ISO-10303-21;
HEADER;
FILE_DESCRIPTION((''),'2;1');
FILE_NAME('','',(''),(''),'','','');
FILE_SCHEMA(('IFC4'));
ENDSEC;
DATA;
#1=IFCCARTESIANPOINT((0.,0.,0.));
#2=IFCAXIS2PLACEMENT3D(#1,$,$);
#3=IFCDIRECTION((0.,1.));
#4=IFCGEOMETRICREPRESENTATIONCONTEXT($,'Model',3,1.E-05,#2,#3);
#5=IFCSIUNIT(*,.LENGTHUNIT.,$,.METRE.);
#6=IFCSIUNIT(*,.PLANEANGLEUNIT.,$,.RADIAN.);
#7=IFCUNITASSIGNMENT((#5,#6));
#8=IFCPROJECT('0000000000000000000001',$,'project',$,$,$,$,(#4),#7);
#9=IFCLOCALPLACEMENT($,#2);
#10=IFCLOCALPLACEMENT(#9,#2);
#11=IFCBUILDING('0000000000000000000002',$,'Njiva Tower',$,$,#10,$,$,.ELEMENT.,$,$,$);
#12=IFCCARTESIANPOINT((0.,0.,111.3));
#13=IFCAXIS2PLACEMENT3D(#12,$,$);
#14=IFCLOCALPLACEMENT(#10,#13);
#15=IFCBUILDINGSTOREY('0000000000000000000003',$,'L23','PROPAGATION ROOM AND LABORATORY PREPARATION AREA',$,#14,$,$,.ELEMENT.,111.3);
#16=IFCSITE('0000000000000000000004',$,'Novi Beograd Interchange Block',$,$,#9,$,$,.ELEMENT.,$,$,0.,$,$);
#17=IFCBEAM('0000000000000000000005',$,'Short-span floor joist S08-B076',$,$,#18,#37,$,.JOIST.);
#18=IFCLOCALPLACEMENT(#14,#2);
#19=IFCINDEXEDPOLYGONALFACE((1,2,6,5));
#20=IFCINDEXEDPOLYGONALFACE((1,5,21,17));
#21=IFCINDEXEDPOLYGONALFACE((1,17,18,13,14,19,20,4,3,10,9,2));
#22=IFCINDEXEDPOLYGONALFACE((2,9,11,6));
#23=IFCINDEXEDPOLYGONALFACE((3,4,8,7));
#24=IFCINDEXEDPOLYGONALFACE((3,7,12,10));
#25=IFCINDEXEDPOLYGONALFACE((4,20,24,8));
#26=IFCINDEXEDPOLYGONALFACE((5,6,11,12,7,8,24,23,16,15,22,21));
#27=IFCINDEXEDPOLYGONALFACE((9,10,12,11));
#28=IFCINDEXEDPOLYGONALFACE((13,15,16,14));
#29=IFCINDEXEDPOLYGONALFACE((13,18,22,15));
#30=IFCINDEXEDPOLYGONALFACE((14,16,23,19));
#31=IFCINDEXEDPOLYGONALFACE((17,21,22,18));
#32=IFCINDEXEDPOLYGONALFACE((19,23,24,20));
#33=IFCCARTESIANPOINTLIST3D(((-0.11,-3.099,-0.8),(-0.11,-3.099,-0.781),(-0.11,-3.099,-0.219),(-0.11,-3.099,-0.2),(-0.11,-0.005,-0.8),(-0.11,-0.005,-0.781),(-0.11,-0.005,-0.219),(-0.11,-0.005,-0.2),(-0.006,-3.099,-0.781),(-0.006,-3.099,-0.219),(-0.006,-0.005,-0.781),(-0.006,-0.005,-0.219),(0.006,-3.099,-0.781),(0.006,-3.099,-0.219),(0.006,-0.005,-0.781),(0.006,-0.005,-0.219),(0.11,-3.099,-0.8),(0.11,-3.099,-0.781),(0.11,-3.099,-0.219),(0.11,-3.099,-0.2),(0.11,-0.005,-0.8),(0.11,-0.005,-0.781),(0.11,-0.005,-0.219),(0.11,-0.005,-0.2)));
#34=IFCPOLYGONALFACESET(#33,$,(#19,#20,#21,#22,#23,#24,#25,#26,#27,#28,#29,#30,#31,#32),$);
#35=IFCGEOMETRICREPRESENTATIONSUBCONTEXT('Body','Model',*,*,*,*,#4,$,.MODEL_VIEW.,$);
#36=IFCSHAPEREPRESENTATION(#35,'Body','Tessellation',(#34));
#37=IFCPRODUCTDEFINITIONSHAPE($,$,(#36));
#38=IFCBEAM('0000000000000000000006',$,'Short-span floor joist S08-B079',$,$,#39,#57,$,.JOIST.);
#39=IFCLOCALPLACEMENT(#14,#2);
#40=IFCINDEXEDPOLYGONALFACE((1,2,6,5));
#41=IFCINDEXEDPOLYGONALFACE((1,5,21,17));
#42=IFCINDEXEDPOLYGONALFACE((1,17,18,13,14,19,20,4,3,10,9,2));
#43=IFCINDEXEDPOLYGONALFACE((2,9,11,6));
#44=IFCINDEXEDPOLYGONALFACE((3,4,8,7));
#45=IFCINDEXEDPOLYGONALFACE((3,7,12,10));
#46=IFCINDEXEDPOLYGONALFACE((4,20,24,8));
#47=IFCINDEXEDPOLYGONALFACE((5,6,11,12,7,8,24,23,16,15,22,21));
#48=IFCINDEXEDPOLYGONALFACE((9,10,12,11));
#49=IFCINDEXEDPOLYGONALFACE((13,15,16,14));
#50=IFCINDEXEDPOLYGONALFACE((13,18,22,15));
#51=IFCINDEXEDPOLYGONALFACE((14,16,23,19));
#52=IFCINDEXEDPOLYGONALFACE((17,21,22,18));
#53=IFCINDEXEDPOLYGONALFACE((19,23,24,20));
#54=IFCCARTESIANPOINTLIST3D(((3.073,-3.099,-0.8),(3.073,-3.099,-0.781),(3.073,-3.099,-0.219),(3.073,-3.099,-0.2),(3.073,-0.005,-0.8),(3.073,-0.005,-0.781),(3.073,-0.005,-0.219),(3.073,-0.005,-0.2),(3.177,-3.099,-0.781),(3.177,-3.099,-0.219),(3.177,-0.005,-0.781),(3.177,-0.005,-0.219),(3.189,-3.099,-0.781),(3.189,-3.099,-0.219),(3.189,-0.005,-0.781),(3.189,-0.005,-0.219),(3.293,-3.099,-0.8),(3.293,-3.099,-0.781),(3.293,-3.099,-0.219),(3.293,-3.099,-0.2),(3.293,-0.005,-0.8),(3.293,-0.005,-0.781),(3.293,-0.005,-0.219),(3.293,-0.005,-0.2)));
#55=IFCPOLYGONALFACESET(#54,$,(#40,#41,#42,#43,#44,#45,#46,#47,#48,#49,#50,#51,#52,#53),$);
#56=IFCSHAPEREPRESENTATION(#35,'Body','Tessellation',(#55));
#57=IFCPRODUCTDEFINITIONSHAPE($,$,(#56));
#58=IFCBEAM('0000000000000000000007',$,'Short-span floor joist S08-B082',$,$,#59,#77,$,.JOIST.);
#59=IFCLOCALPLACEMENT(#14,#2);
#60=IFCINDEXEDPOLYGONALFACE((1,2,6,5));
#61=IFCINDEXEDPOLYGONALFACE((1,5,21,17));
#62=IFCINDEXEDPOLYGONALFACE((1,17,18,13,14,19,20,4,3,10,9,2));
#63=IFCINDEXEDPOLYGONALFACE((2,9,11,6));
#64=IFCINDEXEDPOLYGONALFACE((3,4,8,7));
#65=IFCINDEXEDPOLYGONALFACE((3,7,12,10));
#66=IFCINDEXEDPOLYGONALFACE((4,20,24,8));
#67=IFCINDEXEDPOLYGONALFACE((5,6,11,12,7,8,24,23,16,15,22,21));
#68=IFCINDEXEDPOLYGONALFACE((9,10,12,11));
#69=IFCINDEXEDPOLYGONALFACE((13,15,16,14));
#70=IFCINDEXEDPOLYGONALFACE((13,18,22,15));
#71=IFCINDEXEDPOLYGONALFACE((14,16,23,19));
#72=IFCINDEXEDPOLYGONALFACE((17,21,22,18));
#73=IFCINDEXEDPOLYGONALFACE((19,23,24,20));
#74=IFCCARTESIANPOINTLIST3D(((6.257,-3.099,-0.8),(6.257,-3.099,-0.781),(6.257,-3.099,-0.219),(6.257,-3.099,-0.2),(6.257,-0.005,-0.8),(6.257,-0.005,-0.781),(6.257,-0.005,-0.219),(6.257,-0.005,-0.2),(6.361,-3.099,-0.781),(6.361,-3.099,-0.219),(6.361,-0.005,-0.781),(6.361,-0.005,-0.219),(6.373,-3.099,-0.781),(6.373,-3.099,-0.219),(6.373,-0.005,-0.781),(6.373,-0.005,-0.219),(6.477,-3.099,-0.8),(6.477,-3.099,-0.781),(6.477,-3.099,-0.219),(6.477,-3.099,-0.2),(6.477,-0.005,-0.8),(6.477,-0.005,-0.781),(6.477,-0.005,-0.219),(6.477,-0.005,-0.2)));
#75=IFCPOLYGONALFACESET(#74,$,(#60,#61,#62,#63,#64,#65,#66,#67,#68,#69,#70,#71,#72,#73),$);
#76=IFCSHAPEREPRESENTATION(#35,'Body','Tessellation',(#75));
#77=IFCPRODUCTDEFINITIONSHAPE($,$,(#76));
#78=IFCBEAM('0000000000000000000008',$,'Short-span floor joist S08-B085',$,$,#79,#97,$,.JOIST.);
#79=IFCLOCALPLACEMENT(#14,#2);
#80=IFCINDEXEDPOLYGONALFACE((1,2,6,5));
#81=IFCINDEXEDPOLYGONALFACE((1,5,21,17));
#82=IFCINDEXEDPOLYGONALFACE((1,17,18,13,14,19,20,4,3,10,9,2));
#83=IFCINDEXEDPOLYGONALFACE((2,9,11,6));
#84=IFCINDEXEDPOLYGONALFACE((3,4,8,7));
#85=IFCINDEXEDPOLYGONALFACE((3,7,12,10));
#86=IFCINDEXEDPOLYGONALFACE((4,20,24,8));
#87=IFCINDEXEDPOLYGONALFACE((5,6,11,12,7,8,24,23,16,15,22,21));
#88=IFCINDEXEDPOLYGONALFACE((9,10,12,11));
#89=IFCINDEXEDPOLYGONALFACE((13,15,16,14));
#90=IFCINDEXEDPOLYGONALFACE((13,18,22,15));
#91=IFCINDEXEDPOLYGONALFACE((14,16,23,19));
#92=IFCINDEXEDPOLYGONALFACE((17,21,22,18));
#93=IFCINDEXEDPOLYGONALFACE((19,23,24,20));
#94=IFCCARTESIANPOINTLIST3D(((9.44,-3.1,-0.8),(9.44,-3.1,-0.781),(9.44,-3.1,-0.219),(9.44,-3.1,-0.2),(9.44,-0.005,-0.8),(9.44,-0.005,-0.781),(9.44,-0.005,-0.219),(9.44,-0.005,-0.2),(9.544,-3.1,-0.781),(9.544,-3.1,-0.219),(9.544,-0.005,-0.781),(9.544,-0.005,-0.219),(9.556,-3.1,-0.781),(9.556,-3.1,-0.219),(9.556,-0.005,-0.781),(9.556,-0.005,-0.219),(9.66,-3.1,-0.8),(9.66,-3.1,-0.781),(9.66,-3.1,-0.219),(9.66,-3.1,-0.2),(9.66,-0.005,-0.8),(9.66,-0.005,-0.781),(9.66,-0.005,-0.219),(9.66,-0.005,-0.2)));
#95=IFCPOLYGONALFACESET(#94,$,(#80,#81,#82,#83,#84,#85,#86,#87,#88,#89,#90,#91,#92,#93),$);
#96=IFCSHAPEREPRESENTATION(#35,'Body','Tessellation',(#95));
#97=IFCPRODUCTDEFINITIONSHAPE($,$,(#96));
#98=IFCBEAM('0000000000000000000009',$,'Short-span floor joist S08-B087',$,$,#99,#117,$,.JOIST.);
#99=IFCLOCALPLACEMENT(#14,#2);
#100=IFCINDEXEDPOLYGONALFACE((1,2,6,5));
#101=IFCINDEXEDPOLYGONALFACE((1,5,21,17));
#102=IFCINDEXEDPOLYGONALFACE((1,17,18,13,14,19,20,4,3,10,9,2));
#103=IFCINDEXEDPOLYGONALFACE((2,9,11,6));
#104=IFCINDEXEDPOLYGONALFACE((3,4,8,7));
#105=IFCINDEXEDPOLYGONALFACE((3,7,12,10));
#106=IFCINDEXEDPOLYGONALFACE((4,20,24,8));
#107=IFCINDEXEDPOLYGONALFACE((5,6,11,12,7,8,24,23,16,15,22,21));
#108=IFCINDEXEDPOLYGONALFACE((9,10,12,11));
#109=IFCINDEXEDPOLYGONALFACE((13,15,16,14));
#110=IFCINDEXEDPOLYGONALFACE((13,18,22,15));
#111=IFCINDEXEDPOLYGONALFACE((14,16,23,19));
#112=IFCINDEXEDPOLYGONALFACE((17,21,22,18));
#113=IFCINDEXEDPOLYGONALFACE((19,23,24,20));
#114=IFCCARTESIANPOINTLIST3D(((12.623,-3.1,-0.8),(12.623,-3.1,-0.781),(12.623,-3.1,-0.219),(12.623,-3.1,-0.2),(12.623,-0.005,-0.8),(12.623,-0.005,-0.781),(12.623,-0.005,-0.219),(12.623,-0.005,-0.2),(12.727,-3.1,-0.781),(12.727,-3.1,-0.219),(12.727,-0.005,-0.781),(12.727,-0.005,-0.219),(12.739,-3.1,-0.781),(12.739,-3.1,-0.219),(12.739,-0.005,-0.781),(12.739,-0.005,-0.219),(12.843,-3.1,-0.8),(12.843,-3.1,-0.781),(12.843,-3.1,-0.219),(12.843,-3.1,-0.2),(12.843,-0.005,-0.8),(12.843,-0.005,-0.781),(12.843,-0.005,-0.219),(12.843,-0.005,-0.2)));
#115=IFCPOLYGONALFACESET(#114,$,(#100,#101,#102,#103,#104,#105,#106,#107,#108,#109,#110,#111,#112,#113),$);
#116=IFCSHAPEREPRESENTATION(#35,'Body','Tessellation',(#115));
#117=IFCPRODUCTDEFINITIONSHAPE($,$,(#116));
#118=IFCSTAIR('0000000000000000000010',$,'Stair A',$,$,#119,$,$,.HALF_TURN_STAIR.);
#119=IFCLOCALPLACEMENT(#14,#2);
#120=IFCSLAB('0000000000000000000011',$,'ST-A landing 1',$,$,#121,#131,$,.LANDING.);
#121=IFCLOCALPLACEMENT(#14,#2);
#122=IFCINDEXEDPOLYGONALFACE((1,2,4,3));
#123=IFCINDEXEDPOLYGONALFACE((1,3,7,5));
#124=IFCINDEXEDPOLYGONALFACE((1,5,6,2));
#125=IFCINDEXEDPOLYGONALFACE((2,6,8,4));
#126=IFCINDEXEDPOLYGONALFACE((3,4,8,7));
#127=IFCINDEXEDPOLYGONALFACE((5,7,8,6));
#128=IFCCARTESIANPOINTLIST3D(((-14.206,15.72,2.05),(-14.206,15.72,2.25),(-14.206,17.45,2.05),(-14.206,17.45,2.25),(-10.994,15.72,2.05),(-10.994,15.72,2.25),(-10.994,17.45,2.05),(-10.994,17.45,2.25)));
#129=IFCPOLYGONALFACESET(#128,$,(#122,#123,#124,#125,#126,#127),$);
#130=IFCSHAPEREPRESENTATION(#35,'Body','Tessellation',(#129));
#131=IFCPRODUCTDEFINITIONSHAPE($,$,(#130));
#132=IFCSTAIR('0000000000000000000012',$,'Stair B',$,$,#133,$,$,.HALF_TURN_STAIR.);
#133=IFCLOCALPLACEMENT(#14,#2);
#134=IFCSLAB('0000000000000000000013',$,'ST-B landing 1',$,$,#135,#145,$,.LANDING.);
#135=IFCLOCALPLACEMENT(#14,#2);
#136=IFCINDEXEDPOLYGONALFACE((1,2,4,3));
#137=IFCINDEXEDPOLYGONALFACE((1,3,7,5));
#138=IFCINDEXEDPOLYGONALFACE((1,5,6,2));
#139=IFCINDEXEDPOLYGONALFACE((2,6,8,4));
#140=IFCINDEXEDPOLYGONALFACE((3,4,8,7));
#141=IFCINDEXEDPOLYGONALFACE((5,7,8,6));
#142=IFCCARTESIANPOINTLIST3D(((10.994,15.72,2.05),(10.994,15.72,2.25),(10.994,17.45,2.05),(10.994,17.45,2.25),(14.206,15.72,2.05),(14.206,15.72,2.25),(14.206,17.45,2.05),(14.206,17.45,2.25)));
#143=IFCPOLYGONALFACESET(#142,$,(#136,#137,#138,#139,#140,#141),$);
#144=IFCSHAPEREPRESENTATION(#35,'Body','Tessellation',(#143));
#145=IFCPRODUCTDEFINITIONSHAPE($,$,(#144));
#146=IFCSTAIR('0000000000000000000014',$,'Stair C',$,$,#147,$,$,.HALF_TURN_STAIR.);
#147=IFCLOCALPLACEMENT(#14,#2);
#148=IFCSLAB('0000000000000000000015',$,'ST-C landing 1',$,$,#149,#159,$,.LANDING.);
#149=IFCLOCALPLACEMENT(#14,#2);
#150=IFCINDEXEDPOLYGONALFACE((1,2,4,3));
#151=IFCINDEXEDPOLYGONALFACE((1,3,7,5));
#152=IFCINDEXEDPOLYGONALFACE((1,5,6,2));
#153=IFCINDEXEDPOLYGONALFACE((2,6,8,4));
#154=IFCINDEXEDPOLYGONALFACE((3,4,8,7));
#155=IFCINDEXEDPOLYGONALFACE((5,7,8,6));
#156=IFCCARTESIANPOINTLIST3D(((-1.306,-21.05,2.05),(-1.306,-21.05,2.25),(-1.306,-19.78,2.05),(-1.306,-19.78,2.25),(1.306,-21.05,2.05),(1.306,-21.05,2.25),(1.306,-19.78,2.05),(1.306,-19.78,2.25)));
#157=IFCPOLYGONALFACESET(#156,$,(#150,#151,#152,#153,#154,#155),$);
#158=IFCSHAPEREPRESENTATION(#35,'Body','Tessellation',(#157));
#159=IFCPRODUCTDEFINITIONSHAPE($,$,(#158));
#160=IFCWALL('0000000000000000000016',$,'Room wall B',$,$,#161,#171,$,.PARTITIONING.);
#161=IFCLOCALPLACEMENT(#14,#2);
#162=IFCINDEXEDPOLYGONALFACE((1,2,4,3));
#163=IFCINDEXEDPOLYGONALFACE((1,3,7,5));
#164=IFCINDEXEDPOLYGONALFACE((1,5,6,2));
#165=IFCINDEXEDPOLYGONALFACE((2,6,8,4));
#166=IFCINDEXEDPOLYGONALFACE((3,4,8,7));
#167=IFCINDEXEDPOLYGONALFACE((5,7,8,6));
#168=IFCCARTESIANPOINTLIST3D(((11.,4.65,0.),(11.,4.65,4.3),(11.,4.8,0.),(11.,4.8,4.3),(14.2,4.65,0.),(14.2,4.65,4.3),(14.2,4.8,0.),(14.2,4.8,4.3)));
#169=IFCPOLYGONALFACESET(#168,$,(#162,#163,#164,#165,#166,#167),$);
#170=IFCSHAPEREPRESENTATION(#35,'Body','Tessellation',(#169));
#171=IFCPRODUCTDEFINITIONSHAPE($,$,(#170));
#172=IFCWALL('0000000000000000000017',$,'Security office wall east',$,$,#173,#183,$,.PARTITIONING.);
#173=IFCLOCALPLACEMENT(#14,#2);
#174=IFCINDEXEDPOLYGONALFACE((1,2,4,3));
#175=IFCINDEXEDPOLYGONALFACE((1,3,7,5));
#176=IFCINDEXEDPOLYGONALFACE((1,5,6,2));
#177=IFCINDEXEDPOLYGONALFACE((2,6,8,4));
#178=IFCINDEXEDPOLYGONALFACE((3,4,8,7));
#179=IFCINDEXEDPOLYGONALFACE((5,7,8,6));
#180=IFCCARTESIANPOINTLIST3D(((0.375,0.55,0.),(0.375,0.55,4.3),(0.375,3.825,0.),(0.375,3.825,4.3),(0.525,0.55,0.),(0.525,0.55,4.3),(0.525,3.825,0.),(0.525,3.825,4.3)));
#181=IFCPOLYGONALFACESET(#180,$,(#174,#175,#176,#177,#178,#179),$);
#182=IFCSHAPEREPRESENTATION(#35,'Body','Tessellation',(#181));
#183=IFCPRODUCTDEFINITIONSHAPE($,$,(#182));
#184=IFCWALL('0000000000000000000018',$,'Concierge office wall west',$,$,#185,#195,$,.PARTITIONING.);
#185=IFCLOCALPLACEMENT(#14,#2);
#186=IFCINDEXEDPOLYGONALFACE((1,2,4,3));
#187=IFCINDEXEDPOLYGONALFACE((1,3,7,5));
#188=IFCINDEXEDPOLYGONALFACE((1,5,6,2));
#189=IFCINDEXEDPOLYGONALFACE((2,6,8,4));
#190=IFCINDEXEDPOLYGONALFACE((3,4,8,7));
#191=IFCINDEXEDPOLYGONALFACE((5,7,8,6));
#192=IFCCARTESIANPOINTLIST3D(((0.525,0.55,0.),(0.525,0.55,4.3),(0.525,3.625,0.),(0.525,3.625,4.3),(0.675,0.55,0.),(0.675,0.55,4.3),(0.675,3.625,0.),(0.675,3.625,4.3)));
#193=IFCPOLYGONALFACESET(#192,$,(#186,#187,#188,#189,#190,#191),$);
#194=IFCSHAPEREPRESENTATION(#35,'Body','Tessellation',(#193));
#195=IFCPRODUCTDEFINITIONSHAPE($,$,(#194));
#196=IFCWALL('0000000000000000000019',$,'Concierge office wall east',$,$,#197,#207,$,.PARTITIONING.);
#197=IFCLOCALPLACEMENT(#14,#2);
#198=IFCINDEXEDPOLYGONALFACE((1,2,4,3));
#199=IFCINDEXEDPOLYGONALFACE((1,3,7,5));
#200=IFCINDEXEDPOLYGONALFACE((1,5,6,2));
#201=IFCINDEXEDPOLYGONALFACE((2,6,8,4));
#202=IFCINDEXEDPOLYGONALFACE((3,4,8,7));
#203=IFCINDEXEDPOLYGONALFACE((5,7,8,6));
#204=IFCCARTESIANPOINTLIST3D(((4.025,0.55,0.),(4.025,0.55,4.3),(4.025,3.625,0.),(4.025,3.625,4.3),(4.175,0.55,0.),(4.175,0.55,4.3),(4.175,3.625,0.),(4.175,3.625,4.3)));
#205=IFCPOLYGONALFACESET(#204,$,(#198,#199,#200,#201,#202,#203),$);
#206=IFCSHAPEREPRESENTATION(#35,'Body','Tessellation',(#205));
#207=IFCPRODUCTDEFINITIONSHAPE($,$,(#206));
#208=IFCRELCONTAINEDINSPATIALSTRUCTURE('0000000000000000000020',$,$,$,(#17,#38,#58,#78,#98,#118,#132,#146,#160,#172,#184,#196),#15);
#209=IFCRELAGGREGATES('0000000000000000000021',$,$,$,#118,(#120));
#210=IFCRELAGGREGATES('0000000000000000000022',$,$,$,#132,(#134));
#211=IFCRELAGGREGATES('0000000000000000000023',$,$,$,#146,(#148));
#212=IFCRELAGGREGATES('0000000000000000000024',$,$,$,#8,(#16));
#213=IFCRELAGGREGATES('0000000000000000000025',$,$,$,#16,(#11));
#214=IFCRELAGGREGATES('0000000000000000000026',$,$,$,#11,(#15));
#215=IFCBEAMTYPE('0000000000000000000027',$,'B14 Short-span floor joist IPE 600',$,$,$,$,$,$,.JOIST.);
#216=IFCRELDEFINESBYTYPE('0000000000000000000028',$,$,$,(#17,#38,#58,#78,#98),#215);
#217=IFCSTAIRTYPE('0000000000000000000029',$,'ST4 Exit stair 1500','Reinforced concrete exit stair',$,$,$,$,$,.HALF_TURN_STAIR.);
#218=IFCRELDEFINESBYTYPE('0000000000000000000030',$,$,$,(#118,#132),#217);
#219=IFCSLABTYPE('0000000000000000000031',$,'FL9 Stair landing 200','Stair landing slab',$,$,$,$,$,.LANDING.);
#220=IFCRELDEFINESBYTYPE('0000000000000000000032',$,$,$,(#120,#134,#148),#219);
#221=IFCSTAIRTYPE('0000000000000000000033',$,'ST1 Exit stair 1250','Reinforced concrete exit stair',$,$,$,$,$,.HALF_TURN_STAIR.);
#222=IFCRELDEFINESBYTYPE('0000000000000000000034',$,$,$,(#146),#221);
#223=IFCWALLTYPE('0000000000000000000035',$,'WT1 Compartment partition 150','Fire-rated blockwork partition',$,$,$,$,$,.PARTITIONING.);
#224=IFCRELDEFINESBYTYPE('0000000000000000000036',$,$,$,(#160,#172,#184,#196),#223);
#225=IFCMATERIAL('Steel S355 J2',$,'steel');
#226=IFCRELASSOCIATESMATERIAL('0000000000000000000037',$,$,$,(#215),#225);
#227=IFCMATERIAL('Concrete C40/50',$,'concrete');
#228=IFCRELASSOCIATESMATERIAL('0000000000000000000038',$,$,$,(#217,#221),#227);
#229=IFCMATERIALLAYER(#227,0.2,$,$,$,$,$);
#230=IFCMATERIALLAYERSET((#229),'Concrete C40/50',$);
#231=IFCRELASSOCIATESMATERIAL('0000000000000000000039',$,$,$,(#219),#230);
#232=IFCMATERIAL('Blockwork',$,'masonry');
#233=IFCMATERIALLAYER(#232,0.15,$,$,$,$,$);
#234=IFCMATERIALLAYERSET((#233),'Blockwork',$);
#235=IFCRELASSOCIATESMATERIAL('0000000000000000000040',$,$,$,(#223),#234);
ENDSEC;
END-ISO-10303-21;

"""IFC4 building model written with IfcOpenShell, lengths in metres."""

from ifc_helpers import new_model, si_unit, direction, frame, frame_2d, origin, origin_2d, place, context, subcontext, project, spatial, polyline, rectangle, i_section, outline, extrude, material, layer, layer_set, material_profile, profile_set, type_object, element, aggregate, save


model = new_model("IFC4")

# Units and contexts
model_context = context("Model", 3, precision=1e-05, world=origin(), true_north=direction((0.0, 1.0)))
body_context = subcontext(model_context, "Body", "Model", "MODEL_VIEW")
ifc_project = project(units=[si_unit("LENGTHUNIT", "METRE"), si_unit("PLANEANGLEUNIT", "RADIAN")], contexts=[model_context])

# Site, building, storey
site_placement = place(None, origin())
site = spatial("IfcSite", under=ifc_project, at=site_placement, Name="Novi Beograd Interchange Block", CompositionType="ELEMENT", RefElevation=0.0)
building_placement = place(site_placement, origin())
building = spatial("IfcBuilding", under=site, at=building_placement, Name="Njiva Tower", CompositionType="ELEMENT")
storey_placement = place(building_placement, frame((0.0, 0.0, 111.3)))
storey = spatial("IfcBuildingStorey", under=building, at=storey_placement, Name="L23", Description="PROPAGATION ROOM AND LABORATORY PREPARATION AREA", CompositionType="ELEMENT", Elevation=111.3)

# Beams
ifc_material_1 = material(Name="Steel S355 J2", Category="steel")
ifc_material_profile = material_profile(ifc_material_1, i_section(OverallWidth=0.22, OverallDepth=0.6, WebThickness=0.012, FlangeThickness=0.019, at=origin_2d()), Name="IPE 600")
ifc_profile_set = profile_set([ifc_material_profile], Name="Steel S355 J2")
beam_type = type_object("IfcBeamType", Name="B14 Short-span floor joist IPE 600", PredefinedType="JOIST", material=ifc_profile_set)
for number, where, z_axis, x_axis, name in (
    (1, (0.0, -0.005, -0.5), (0.0, -1.0, 0.0), (1.0, 0.0, 0.0), "Short-span floor joist S08-B076"),
    (2, (3.183, -0.005, -0.5), (0.0, -1.0, 0.0), (1.0, 0.0, 0.0), "Short-span floor joist S08-B079"),
    (3, (6.367, -0.005, -0.5), (0.0, -1.0, 0.0), (1.0, 0.0, 0.0), "Short-span floor joist S08-B082"),
):
    element("IfcBeam", number, at=place(storey_placement, frame(where, z_axis=z_axis, x_axis=x_axis)), inside=storey, type_object=beam_type, Name=name, PredefinedType="JOIST", context=body_context, shape_type="SweptSolid", body=[
        extrude(i_section(OverallWidth=0.22, OverallDepth=0.6, WebThickness=0.012, FlangeThickness=0.019, at=origin_2d()), origin(), (0.0, 0.0, 1.0), 3.094),
    ])
for number, where, z_axis, x_axis, name in (
    (4, (9.55, -0.005, -0.5), (0.0, -1.0, 0.0), (1.0, 0.0, 0.0), "Short-span floor joist S08-B085"),
    (5, (12.733, -0.005, -0.5), (0.0, -1.0, 0.0), (1.0, 0.0, 0.0), "Short-span floor joist S08-B087"),
):
    element("IfcBeam", number, at=place(storey_placement, frame(where, z_axis=z_axis, x_axis=x_axis)), inside=storey, type_object=beam_type, Name=name, PredefinedType="JOIST", context=body_context, shape_type="SweptSolid", body=[
        extrude(i_section(OverallWidth=0.22, OverallDepth=0.6, WebThickness=0.012, FlangeThickness=0.019, at=origin_2d()), origin(), (0.0, 0.0, 1.0), 3.095),
    ])

# Stairs, slabs
ifc_material_2 = material(Name="Concrete C40/50", Category="concrete")
stair_type_1 = type_object("IfcStairType", Name="ST4 Exit stair 1500", Description="Reinforced concrete exit stair", PredefinedType="HALF_TURN_STAIR", material=ifc_material_2)
stair_1_placement = place(storey_placement, origin())
stair_1 = element("IfcStair", 6, at=stair_1_placement, inside=storey, type_object=stair_type_1, Name="Stair A", PredefinedType="HALF_TURN_STAIR")
ifc_layer_1 = layer(ifc_material_2, 0.2)
ifc_layer_set_1 = layer_set([ifc_layer_1], Name="Concrete C40/50")
slab_type = type_object("IfcSlabType", Name="FL9 Stair landing 200", Description="Stair landing slab", PredefinedType="LANDING", material=ifc_layer_set_1)
slab_1_placement = place(storey_placement, frame((0.0, 0.0, 2.05)))
slab_1 = element("IfcSlab", 7, at=slab_1_placement, type_object=slab_type, Name="ST-A landing 1", PredefinedType="LANDING", context=body_context, shape_type="SweptSolid", body=[
    extrude(outline(polyline([(-14.206, 15.72), (-10.994, 15.72), (-10.994, 17.45), (-14.206, 17.45), (-14.206, 15.72)])), origin(), (0.0, 0.0, 1.0), 0.2),
])
aggregate(stair_1, [slab_1])
stair_2_placement = place(storey_placement, origin())
stair_2 = element("IfcStair", 8, at=stair_2_placement, inside=storey, type_object=stair_type_1, Name="Stair B", PredefinedType="HALF_TURN_STAIR")
slab_2_placement = place(storey_placement, frame((0.0, 0.0, 2.05)))
slab_2 = element("IfcSlab", 9, at=slab_2_placement, type_object=slab_type, Name="ST-B landing 1", PredefinedType="LANDING", context=body_context, shape_type="SweptSolid", body=[
    extrude(outline(polyline([(10.994, 15.72), (14.206, 15.72), (14.206, 17.45), (10.994, 17.45), (10.994, 15.72)])), origin(), (0.0, 0.0, 1.0), 0.2),
])
aggregate(stair_2, [slab_2])
stair_type_2 = type_object("IfcStairType", Name="ST1 Exit stair 1250", Description="Reinforced concrete exit stair", PredefinedType="HALF_TURN_STAIR", material=ifc_material_2)
stair_3_placement = place(storey_placement, origin())
stair_3 = element("IfcStair", 10, at=stair_3_placement, inside=storey, type_object=stair_type_2, Name="Stair C", PredefinedType="HALF_TURN_STAIR")
slab_3_placement = place(storey_placement, frame((0.0, 0.0, 2.05)))
slab_3 = element("IfcSlab", 11, at=slab_3_placement, type_object=slab_type, Name="ST-C landing 1", PredefinedType="LANDING", context=body_context, shape_type="SweptSolid", body=[
    extrude(outline(polyline([(-1.306, -21.05), (1.306, -21.05), (1.306, -19.78), (-1.306, -19.78), (-1.306, -21.05)])), origin(), (0.0, 0.0, 1.0), 0.2),
])
aggregate(stair_3, [slab_3])

# Walls
ifc_material_3 = material(Name="Blockwork", Category="masonry")
ifc_layer_2 = layer(ifc_material_3, 0.15)
ifc_layer_set_2 = layer_set([ifc_layer_2], Name="Blockwork")
wall_type_1 = type_object("IfcWallType", Name="WT1 Compartment partition 150", Description="Fire-rated blockwork partition", PredefinedType="PARTITIONING", material=ifc_layer_set_2)
wall_1_placement = place(storey_placement, frame((11.0, 4.725, 0.0), z_axis=(0.0, 0.0, 1.0), x_axis=(1.0, 0.0, 0.0)))
element("IfcWall", 12, at=wall_1_placement, inside=storey, type_object=wall_type_1, Name="Room wall B", PredefinedType="PARTITIONING", context=body_context, shape_type="SweptSolid", body=[
    extrude(rectangle(XDim=3.2, YDim=0.15, at=frame_2d((1.6, 0.0))), origin(), (0.0, 0.0, 1.0), 4.3),
])
wall_2_placement = place(storey_placement, frame((0.45, 0.55, 0.0), z_axis=(0.0, 0.0, 1.0), x_axis=(0.0, 1.0, 0.0)))
element("IfcWall", 13, at=wall_2_placement, inside=storey, type_object=wall_type_1, Name="Security office wall east", PredefinedType="PARTITIONING", context=body_context, shape_type="SweptSolid", body=[
    extrude(rectangle(XDim=3.275, YDim=0.15, at=frame_2d((1.6375, 0.0))), origin(), (0.0, 0.0, 1.0), 4.3),
])
for number, where, z_axis, x_axis, name in (
    (14, (0.6, 0.55, 0.0), (0.0, 0.0, 1.0), (0.0, 1.0, 0.0), "Concierge office wall west"),
    (15, (4.1, 0.55, 0.0), (0.0, 0.0, 1.0), (0.0, 1.0, 0.0), "Concierge office wall east"),
):
    element("IfcWall", number, at=place(storey_placement, frame(where, z_axis=z_axis, x_axis=x_axis)), inside=storey, type_object=wall_type_1, Name=name, PredefinedType="PARTITIONING", context=body_context, shape_type="SweptSolid", body=[
        extrude(rectangle(XDim=3.075, YDim=0.15, at=frame_2d((1.5375, 0.0))), origin(), (0.0, 0.0, 1.0), 4.3),
    ])

save(model, "model.ifc")
